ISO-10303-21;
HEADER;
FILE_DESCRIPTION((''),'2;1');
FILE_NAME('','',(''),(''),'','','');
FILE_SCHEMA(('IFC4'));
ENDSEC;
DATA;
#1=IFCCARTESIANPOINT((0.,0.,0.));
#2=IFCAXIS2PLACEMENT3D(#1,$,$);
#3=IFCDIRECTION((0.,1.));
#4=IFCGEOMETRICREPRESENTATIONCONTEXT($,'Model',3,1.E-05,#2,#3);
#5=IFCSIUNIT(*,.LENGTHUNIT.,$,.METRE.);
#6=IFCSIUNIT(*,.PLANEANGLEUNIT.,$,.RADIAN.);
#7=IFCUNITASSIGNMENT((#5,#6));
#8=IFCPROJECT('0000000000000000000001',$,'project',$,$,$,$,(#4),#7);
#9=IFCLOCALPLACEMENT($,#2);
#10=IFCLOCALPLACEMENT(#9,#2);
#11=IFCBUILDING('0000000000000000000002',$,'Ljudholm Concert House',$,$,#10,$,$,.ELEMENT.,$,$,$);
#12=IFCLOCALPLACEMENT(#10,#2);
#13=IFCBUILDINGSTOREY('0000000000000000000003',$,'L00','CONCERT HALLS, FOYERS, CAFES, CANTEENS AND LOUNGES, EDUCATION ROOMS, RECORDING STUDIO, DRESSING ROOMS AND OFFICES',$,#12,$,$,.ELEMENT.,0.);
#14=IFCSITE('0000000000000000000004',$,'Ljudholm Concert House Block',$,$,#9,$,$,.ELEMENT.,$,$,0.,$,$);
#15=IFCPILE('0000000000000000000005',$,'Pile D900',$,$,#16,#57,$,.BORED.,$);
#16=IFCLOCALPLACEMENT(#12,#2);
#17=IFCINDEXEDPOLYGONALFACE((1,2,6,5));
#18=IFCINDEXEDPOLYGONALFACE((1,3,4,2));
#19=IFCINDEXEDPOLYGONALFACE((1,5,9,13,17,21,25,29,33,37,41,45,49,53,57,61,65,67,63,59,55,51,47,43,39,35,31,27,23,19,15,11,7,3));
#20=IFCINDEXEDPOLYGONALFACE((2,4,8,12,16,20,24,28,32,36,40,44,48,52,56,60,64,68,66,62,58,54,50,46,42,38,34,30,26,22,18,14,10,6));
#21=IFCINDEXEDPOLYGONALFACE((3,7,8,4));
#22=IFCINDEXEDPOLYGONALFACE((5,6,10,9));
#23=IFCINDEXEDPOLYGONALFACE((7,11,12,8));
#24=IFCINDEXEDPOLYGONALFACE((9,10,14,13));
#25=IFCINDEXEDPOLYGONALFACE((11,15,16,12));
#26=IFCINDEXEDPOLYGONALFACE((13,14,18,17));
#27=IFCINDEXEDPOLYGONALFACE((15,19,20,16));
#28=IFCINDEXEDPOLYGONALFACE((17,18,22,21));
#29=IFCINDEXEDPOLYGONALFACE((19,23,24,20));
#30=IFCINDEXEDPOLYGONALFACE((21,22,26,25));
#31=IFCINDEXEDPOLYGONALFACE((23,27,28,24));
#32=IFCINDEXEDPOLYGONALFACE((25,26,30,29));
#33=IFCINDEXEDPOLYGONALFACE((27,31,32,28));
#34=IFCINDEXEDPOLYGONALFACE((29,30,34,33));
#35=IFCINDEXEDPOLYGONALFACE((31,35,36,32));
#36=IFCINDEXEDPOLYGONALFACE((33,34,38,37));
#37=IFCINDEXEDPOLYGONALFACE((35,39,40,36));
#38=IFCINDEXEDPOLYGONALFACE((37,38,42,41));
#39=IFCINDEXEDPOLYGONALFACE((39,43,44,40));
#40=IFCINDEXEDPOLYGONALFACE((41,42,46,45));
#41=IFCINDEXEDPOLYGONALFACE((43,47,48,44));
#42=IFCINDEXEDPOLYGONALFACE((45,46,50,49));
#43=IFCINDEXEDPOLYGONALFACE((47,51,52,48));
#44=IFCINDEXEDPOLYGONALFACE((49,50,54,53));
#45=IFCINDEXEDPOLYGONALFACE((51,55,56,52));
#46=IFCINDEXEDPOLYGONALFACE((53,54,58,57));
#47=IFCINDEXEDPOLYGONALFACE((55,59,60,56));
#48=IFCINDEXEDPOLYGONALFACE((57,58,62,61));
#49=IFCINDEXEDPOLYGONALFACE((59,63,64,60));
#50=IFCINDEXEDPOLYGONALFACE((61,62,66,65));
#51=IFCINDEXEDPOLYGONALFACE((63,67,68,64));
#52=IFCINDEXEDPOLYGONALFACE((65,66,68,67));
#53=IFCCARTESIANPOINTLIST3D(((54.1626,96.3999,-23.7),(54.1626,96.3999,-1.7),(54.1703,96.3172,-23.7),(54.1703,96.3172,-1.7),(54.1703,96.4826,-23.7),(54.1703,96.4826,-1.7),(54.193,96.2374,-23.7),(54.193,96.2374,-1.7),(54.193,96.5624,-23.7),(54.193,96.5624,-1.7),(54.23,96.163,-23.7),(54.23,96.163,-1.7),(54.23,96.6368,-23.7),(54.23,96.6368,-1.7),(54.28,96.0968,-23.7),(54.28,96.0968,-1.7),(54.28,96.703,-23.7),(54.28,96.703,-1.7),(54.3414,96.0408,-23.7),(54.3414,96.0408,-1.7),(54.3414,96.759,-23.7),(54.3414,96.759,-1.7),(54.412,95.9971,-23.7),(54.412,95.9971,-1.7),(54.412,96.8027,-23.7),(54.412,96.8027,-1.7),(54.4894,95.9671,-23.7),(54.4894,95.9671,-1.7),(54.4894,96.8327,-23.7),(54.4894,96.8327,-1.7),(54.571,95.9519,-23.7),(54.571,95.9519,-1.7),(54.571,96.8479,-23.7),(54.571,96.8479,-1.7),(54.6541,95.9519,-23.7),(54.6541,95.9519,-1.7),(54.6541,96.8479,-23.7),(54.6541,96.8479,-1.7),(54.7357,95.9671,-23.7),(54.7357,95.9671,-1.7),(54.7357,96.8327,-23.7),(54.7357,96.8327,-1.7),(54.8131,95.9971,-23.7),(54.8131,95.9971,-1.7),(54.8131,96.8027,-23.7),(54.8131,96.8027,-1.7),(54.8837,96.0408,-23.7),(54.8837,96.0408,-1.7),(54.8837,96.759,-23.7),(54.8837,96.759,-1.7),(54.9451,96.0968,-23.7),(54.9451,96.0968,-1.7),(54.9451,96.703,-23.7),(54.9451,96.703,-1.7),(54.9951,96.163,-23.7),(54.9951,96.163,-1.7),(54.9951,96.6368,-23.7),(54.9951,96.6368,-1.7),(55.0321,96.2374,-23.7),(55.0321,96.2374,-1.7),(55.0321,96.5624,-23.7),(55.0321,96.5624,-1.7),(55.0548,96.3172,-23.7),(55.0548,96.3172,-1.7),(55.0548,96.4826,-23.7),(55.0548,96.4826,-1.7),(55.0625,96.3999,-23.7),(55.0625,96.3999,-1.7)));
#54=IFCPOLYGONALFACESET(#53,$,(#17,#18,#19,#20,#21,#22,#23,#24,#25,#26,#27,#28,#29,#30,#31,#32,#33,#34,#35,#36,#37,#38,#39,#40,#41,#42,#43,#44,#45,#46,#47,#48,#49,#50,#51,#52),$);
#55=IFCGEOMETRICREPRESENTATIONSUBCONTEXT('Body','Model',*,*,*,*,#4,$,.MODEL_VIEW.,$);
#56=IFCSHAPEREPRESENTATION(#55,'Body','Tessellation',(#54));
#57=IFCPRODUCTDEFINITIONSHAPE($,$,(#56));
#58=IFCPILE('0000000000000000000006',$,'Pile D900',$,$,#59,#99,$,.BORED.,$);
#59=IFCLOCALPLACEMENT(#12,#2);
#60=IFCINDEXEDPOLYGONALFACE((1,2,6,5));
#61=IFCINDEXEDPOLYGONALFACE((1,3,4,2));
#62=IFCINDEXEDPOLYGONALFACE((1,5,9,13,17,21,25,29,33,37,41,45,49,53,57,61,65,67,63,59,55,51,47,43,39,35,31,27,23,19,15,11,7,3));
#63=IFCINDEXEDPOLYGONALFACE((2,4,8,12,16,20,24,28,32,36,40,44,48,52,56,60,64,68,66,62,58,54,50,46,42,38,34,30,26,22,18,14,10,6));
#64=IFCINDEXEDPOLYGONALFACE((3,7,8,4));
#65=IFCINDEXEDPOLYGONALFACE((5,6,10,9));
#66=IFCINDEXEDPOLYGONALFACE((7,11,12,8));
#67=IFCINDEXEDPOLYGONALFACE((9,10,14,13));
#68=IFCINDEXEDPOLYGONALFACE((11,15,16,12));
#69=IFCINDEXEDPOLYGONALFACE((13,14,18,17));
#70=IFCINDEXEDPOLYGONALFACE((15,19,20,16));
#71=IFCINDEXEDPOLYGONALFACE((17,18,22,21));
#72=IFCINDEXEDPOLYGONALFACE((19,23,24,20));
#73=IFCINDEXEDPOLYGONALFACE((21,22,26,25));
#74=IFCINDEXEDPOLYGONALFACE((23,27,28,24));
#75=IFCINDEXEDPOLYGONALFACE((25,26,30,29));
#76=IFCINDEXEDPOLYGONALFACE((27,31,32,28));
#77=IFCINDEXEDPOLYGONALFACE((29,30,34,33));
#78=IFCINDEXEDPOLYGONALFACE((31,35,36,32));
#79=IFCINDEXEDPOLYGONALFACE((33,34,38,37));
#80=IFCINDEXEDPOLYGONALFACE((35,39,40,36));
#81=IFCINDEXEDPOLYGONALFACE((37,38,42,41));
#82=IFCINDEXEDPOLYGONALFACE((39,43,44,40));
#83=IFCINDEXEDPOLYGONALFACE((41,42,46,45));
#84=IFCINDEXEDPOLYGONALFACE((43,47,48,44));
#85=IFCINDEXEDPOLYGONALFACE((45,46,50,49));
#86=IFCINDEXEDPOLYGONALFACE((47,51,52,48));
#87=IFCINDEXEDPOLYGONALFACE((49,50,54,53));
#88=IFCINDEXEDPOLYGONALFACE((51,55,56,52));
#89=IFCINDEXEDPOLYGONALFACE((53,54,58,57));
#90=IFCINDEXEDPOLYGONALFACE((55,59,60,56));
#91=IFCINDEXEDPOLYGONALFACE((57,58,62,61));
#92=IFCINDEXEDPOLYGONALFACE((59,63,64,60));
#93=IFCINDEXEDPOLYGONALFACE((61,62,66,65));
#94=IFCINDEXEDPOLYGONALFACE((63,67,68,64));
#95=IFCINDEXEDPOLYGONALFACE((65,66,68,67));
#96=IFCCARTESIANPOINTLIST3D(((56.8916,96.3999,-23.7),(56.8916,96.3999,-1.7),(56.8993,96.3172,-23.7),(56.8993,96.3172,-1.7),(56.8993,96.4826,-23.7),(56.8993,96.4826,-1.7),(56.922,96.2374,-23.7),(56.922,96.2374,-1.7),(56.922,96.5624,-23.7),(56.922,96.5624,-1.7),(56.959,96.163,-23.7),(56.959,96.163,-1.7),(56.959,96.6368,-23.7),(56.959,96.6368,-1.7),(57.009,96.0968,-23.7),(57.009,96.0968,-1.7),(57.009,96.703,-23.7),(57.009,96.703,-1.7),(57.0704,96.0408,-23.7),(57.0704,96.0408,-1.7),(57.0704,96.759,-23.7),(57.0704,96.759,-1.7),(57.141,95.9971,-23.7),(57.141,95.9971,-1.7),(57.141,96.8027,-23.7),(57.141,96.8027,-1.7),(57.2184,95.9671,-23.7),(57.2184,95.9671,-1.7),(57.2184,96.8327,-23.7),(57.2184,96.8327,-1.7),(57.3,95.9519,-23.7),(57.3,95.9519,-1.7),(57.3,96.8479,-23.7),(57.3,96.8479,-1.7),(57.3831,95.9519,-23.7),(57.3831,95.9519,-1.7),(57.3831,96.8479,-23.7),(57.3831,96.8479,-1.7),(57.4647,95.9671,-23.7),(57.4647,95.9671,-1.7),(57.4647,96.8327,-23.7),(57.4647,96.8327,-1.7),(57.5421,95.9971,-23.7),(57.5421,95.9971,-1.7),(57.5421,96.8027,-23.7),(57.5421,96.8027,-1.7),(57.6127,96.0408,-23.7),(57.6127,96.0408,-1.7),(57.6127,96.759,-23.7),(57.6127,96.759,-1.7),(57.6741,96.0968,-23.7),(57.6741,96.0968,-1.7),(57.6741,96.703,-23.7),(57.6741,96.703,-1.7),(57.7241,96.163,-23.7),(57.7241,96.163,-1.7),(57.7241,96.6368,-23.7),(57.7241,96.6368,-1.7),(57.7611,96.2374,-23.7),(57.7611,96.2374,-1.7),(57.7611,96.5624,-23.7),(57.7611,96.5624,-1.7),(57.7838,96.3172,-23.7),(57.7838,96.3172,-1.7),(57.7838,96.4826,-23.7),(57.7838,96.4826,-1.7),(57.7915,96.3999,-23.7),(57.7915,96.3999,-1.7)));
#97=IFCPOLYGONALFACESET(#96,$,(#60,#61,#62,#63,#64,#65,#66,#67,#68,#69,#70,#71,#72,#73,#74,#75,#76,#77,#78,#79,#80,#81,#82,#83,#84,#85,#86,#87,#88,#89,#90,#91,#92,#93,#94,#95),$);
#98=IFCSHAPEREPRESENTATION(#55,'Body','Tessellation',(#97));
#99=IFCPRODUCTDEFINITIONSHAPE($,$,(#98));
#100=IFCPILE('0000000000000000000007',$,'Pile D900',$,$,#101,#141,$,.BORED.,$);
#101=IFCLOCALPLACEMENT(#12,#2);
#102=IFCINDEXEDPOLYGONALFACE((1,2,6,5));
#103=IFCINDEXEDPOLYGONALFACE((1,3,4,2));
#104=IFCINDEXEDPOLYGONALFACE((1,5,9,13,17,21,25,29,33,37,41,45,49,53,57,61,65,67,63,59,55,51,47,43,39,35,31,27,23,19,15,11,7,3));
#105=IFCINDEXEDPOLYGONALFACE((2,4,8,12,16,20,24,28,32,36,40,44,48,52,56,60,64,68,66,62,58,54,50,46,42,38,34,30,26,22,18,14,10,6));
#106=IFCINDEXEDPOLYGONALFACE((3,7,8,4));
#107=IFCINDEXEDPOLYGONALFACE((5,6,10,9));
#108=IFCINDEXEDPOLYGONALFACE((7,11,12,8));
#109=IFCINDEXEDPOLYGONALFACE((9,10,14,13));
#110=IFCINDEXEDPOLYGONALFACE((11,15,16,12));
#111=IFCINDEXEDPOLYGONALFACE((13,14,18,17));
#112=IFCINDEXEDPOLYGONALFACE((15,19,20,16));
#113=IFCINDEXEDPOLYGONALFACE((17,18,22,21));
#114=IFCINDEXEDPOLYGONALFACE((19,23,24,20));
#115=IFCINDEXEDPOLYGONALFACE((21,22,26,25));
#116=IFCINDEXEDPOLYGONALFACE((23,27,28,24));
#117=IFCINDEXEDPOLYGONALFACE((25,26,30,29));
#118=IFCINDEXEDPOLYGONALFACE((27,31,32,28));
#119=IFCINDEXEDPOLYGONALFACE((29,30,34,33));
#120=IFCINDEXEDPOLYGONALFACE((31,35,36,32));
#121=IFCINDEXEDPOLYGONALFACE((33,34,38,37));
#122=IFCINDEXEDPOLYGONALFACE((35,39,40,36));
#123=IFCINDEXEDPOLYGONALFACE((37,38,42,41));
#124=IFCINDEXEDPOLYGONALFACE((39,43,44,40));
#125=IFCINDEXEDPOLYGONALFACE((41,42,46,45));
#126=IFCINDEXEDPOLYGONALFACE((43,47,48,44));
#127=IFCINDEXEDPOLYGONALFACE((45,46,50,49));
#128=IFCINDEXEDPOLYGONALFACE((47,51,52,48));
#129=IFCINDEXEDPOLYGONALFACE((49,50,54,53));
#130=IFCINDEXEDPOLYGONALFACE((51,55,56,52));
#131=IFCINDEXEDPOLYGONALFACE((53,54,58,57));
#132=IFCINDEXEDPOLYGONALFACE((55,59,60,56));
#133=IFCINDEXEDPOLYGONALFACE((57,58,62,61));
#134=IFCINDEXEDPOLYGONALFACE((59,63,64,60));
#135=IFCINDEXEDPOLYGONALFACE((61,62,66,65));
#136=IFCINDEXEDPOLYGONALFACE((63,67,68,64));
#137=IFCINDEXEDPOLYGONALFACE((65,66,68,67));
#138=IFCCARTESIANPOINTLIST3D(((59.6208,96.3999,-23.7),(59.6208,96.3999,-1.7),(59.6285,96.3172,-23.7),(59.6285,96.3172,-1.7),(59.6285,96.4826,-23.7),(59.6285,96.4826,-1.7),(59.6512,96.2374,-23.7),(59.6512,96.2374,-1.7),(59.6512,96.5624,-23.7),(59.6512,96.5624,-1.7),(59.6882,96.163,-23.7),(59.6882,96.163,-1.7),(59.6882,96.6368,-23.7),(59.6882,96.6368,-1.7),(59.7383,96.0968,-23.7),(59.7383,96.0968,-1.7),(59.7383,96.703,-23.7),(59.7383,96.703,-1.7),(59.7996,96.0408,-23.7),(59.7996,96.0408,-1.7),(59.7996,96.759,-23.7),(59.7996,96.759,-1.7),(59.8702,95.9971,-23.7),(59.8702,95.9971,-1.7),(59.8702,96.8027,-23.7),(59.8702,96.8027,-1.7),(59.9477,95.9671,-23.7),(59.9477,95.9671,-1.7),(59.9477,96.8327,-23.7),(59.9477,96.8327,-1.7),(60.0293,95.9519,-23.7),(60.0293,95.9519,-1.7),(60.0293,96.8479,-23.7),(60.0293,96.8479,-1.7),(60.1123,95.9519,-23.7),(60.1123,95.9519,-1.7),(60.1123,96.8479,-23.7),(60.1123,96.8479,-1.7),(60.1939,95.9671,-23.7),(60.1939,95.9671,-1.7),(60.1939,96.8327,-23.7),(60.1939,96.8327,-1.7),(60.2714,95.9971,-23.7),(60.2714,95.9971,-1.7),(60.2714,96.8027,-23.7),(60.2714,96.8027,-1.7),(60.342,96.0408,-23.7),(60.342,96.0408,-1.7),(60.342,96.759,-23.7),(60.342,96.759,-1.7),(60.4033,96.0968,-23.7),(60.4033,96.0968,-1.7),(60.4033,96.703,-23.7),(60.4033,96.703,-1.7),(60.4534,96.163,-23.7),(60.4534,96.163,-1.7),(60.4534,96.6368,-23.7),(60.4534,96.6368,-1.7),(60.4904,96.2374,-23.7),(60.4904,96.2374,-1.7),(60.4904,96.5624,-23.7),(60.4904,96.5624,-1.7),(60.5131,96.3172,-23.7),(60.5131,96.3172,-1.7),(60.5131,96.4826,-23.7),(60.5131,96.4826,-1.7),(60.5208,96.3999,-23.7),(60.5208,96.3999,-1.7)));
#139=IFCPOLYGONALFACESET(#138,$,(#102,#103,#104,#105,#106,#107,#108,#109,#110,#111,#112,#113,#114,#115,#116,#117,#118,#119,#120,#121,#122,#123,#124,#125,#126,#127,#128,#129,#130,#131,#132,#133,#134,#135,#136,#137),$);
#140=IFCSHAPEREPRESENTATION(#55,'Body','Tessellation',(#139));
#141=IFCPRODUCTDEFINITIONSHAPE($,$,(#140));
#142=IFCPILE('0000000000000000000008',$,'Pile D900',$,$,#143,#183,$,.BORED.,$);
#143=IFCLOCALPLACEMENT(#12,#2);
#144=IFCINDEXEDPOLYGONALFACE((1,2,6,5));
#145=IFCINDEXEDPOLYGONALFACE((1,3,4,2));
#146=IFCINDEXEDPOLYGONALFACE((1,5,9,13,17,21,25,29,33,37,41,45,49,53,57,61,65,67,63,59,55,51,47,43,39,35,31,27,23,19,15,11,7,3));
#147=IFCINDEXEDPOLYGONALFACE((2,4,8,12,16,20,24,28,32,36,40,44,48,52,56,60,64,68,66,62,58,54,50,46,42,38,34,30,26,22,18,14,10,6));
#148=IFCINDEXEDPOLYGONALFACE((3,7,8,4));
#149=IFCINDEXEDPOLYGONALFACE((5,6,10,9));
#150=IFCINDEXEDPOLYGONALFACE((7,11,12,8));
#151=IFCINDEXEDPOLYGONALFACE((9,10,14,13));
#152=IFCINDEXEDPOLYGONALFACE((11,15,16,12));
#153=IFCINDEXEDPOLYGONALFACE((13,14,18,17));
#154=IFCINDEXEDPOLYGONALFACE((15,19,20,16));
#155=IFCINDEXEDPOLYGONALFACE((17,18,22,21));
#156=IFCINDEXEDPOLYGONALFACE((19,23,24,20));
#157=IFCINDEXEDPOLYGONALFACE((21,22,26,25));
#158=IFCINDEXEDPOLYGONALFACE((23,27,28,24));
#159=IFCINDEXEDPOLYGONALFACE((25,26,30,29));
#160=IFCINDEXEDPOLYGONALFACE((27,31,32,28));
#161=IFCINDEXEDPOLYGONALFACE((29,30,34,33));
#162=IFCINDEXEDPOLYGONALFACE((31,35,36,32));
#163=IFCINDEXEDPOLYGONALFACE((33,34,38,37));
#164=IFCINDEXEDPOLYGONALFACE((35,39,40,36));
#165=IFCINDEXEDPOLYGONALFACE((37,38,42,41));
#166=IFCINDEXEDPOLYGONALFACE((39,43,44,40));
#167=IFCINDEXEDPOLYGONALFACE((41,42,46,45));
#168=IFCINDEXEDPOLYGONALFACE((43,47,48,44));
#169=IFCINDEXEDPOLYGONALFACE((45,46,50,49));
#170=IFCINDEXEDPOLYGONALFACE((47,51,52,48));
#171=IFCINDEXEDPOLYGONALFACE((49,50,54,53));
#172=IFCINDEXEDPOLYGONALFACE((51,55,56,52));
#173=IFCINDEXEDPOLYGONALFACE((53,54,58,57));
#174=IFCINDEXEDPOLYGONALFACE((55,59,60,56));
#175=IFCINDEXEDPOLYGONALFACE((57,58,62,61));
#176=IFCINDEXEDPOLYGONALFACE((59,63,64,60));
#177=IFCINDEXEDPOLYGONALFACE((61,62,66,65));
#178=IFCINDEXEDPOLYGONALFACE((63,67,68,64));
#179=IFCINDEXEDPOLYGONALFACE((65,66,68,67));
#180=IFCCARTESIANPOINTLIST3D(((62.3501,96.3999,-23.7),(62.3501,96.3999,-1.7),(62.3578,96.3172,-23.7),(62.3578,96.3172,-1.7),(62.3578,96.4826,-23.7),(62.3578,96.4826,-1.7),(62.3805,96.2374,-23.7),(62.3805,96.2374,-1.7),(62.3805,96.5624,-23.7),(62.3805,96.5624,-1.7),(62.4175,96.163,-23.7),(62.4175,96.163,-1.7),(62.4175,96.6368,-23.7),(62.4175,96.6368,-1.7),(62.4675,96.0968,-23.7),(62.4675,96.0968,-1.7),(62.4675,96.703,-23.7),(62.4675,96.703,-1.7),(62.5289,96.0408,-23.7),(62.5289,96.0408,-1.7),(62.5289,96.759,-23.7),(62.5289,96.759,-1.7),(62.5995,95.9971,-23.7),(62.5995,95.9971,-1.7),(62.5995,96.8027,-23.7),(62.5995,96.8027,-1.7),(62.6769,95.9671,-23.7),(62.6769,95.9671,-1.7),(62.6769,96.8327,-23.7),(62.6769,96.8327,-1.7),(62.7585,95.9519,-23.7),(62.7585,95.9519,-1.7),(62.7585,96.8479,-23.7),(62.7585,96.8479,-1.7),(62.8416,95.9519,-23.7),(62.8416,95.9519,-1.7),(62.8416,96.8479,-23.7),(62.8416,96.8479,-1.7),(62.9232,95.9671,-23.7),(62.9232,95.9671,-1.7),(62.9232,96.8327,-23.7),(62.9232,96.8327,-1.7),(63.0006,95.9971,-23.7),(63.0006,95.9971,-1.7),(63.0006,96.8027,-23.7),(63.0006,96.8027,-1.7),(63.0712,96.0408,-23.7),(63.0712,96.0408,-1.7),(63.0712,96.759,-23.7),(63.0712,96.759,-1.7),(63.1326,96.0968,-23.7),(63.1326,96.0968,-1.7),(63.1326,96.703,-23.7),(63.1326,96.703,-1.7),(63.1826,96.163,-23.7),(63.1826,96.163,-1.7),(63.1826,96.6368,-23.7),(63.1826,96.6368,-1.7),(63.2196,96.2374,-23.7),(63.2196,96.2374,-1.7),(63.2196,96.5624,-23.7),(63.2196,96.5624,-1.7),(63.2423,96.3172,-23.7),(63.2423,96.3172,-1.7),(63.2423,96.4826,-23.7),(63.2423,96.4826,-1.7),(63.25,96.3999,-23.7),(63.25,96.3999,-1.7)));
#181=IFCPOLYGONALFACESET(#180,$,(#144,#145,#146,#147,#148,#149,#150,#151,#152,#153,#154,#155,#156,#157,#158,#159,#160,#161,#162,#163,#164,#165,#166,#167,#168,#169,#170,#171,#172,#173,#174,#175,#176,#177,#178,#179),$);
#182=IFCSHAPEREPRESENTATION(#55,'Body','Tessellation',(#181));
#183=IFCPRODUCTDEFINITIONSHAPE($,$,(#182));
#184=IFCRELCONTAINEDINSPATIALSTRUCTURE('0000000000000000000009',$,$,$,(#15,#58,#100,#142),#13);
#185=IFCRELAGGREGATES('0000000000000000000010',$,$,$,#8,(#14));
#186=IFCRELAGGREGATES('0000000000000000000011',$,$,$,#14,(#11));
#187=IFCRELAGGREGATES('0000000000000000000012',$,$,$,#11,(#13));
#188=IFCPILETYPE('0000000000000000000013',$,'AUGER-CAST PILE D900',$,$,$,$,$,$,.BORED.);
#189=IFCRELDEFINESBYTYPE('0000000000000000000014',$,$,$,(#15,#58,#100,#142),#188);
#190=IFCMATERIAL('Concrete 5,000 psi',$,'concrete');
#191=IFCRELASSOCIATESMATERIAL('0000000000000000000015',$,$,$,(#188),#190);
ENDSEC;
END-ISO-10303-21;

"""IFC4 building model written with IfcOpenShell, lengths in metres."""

from ifc_helpers import new_model, si_unit, direction, frame, origin, origin_2d, place, context, subcontext, project, spatial, circle, extrude, material, material_profile, profile_set, type_object, element, save


model = new_model("IFC4")

# Units and contexts
model_context = context("Model", 3, precision=1e-05, world=origin(), true_north=direction((0.0, 1.0)))
body_context = subcontext(model_context, "Body", "Model", "MODEL_VIEW")
ifc_project = project(units=[si_unit("LENGTHUNIT", "METRE"), si_unit("PLANEANGLEUNIT", "RADIAN")], contexts=[model_context])

# Site, building, storey
site_placement = place(None, origin())
site = spatial("IfcSite", under=ifc_project, at=site_placement, Name="Ljudholm Concert House Block", CompositionType="ELEMENT", RefElevation=0.0)
building_placement = place(site_placement, origin())
building = spatial("IfcBuilding", under=site, at=building_placement, Name="Ljudholm Concert House", CompositionType="ELEMENT")
storey_placement = place(building_placement, origin())
storey = spatial("IfcBuildingStorey", under=building, at=storey_placement, Name="L00", Description="CONCERT HALLS, FOYERS, CAFES, CANTEENS AND LOUNGES, EDUCATION ROOMS, RECORDING STUDIO, DRESSING ROOMS AND OFFICES", CompositionType="ELEMENT", Elevation=0.0)

# Piles
ifc_material_1 = material(Name="Concrete 5,000 psi", Category="concrete")
ifc_material_profile_1 = material_profile(ifc_material_1, circle(Radius=0.45, at=origin_2d()), Name="AUGER-CAST PILE D900")
ifc_profile_set_1 = profile_set([ifc_material_profile_1], Name="Concrete 5,000 psi")
pile_type_1 = type_object("IfcPileType", Name="AUGER-CAST PILE D900", PredefinedType="BORED", material=ifc_profile_set_1)
for number, where, z_axis, x_axis, name in (
    (1, (54.6125, 96.3999, -1.7), (0.0, 0.0, -1.0), (1.0, 0.0, 0.0), "Pile D900"),
    (2, (57.3416, 96.3999, -1.7), (0.0, 0.0, -1.0), (1.0, 0.0, 0.0), "Pile D900"),
    (3, (60.0708, 96.3999, -1.7), (0.0, 0.0, -1.0), (1.0, 0.0, 0.0), "Pile D900"),
    (4, (62.8, 96.3999, -1.7), (0.0, 0.0, -1.0), (1.0, 0.0, 0.0), "Pile D900"),
):
    element("IfcPile", number, at=place(storey_placement, frame(where, z_axis=z_axis, x_axis=x_axis)), inside=storey, type_object=pile_type_1, Name=name, PredefinedType="BORED", context=body_context, shape_type="SweptSolid", body=[
        extrude(circle(Radius=0.45, at=origin_2d()), origin(), (0.0, 0.0, 1.0), 22.0),
    ])

save(model, "model.ifc")
